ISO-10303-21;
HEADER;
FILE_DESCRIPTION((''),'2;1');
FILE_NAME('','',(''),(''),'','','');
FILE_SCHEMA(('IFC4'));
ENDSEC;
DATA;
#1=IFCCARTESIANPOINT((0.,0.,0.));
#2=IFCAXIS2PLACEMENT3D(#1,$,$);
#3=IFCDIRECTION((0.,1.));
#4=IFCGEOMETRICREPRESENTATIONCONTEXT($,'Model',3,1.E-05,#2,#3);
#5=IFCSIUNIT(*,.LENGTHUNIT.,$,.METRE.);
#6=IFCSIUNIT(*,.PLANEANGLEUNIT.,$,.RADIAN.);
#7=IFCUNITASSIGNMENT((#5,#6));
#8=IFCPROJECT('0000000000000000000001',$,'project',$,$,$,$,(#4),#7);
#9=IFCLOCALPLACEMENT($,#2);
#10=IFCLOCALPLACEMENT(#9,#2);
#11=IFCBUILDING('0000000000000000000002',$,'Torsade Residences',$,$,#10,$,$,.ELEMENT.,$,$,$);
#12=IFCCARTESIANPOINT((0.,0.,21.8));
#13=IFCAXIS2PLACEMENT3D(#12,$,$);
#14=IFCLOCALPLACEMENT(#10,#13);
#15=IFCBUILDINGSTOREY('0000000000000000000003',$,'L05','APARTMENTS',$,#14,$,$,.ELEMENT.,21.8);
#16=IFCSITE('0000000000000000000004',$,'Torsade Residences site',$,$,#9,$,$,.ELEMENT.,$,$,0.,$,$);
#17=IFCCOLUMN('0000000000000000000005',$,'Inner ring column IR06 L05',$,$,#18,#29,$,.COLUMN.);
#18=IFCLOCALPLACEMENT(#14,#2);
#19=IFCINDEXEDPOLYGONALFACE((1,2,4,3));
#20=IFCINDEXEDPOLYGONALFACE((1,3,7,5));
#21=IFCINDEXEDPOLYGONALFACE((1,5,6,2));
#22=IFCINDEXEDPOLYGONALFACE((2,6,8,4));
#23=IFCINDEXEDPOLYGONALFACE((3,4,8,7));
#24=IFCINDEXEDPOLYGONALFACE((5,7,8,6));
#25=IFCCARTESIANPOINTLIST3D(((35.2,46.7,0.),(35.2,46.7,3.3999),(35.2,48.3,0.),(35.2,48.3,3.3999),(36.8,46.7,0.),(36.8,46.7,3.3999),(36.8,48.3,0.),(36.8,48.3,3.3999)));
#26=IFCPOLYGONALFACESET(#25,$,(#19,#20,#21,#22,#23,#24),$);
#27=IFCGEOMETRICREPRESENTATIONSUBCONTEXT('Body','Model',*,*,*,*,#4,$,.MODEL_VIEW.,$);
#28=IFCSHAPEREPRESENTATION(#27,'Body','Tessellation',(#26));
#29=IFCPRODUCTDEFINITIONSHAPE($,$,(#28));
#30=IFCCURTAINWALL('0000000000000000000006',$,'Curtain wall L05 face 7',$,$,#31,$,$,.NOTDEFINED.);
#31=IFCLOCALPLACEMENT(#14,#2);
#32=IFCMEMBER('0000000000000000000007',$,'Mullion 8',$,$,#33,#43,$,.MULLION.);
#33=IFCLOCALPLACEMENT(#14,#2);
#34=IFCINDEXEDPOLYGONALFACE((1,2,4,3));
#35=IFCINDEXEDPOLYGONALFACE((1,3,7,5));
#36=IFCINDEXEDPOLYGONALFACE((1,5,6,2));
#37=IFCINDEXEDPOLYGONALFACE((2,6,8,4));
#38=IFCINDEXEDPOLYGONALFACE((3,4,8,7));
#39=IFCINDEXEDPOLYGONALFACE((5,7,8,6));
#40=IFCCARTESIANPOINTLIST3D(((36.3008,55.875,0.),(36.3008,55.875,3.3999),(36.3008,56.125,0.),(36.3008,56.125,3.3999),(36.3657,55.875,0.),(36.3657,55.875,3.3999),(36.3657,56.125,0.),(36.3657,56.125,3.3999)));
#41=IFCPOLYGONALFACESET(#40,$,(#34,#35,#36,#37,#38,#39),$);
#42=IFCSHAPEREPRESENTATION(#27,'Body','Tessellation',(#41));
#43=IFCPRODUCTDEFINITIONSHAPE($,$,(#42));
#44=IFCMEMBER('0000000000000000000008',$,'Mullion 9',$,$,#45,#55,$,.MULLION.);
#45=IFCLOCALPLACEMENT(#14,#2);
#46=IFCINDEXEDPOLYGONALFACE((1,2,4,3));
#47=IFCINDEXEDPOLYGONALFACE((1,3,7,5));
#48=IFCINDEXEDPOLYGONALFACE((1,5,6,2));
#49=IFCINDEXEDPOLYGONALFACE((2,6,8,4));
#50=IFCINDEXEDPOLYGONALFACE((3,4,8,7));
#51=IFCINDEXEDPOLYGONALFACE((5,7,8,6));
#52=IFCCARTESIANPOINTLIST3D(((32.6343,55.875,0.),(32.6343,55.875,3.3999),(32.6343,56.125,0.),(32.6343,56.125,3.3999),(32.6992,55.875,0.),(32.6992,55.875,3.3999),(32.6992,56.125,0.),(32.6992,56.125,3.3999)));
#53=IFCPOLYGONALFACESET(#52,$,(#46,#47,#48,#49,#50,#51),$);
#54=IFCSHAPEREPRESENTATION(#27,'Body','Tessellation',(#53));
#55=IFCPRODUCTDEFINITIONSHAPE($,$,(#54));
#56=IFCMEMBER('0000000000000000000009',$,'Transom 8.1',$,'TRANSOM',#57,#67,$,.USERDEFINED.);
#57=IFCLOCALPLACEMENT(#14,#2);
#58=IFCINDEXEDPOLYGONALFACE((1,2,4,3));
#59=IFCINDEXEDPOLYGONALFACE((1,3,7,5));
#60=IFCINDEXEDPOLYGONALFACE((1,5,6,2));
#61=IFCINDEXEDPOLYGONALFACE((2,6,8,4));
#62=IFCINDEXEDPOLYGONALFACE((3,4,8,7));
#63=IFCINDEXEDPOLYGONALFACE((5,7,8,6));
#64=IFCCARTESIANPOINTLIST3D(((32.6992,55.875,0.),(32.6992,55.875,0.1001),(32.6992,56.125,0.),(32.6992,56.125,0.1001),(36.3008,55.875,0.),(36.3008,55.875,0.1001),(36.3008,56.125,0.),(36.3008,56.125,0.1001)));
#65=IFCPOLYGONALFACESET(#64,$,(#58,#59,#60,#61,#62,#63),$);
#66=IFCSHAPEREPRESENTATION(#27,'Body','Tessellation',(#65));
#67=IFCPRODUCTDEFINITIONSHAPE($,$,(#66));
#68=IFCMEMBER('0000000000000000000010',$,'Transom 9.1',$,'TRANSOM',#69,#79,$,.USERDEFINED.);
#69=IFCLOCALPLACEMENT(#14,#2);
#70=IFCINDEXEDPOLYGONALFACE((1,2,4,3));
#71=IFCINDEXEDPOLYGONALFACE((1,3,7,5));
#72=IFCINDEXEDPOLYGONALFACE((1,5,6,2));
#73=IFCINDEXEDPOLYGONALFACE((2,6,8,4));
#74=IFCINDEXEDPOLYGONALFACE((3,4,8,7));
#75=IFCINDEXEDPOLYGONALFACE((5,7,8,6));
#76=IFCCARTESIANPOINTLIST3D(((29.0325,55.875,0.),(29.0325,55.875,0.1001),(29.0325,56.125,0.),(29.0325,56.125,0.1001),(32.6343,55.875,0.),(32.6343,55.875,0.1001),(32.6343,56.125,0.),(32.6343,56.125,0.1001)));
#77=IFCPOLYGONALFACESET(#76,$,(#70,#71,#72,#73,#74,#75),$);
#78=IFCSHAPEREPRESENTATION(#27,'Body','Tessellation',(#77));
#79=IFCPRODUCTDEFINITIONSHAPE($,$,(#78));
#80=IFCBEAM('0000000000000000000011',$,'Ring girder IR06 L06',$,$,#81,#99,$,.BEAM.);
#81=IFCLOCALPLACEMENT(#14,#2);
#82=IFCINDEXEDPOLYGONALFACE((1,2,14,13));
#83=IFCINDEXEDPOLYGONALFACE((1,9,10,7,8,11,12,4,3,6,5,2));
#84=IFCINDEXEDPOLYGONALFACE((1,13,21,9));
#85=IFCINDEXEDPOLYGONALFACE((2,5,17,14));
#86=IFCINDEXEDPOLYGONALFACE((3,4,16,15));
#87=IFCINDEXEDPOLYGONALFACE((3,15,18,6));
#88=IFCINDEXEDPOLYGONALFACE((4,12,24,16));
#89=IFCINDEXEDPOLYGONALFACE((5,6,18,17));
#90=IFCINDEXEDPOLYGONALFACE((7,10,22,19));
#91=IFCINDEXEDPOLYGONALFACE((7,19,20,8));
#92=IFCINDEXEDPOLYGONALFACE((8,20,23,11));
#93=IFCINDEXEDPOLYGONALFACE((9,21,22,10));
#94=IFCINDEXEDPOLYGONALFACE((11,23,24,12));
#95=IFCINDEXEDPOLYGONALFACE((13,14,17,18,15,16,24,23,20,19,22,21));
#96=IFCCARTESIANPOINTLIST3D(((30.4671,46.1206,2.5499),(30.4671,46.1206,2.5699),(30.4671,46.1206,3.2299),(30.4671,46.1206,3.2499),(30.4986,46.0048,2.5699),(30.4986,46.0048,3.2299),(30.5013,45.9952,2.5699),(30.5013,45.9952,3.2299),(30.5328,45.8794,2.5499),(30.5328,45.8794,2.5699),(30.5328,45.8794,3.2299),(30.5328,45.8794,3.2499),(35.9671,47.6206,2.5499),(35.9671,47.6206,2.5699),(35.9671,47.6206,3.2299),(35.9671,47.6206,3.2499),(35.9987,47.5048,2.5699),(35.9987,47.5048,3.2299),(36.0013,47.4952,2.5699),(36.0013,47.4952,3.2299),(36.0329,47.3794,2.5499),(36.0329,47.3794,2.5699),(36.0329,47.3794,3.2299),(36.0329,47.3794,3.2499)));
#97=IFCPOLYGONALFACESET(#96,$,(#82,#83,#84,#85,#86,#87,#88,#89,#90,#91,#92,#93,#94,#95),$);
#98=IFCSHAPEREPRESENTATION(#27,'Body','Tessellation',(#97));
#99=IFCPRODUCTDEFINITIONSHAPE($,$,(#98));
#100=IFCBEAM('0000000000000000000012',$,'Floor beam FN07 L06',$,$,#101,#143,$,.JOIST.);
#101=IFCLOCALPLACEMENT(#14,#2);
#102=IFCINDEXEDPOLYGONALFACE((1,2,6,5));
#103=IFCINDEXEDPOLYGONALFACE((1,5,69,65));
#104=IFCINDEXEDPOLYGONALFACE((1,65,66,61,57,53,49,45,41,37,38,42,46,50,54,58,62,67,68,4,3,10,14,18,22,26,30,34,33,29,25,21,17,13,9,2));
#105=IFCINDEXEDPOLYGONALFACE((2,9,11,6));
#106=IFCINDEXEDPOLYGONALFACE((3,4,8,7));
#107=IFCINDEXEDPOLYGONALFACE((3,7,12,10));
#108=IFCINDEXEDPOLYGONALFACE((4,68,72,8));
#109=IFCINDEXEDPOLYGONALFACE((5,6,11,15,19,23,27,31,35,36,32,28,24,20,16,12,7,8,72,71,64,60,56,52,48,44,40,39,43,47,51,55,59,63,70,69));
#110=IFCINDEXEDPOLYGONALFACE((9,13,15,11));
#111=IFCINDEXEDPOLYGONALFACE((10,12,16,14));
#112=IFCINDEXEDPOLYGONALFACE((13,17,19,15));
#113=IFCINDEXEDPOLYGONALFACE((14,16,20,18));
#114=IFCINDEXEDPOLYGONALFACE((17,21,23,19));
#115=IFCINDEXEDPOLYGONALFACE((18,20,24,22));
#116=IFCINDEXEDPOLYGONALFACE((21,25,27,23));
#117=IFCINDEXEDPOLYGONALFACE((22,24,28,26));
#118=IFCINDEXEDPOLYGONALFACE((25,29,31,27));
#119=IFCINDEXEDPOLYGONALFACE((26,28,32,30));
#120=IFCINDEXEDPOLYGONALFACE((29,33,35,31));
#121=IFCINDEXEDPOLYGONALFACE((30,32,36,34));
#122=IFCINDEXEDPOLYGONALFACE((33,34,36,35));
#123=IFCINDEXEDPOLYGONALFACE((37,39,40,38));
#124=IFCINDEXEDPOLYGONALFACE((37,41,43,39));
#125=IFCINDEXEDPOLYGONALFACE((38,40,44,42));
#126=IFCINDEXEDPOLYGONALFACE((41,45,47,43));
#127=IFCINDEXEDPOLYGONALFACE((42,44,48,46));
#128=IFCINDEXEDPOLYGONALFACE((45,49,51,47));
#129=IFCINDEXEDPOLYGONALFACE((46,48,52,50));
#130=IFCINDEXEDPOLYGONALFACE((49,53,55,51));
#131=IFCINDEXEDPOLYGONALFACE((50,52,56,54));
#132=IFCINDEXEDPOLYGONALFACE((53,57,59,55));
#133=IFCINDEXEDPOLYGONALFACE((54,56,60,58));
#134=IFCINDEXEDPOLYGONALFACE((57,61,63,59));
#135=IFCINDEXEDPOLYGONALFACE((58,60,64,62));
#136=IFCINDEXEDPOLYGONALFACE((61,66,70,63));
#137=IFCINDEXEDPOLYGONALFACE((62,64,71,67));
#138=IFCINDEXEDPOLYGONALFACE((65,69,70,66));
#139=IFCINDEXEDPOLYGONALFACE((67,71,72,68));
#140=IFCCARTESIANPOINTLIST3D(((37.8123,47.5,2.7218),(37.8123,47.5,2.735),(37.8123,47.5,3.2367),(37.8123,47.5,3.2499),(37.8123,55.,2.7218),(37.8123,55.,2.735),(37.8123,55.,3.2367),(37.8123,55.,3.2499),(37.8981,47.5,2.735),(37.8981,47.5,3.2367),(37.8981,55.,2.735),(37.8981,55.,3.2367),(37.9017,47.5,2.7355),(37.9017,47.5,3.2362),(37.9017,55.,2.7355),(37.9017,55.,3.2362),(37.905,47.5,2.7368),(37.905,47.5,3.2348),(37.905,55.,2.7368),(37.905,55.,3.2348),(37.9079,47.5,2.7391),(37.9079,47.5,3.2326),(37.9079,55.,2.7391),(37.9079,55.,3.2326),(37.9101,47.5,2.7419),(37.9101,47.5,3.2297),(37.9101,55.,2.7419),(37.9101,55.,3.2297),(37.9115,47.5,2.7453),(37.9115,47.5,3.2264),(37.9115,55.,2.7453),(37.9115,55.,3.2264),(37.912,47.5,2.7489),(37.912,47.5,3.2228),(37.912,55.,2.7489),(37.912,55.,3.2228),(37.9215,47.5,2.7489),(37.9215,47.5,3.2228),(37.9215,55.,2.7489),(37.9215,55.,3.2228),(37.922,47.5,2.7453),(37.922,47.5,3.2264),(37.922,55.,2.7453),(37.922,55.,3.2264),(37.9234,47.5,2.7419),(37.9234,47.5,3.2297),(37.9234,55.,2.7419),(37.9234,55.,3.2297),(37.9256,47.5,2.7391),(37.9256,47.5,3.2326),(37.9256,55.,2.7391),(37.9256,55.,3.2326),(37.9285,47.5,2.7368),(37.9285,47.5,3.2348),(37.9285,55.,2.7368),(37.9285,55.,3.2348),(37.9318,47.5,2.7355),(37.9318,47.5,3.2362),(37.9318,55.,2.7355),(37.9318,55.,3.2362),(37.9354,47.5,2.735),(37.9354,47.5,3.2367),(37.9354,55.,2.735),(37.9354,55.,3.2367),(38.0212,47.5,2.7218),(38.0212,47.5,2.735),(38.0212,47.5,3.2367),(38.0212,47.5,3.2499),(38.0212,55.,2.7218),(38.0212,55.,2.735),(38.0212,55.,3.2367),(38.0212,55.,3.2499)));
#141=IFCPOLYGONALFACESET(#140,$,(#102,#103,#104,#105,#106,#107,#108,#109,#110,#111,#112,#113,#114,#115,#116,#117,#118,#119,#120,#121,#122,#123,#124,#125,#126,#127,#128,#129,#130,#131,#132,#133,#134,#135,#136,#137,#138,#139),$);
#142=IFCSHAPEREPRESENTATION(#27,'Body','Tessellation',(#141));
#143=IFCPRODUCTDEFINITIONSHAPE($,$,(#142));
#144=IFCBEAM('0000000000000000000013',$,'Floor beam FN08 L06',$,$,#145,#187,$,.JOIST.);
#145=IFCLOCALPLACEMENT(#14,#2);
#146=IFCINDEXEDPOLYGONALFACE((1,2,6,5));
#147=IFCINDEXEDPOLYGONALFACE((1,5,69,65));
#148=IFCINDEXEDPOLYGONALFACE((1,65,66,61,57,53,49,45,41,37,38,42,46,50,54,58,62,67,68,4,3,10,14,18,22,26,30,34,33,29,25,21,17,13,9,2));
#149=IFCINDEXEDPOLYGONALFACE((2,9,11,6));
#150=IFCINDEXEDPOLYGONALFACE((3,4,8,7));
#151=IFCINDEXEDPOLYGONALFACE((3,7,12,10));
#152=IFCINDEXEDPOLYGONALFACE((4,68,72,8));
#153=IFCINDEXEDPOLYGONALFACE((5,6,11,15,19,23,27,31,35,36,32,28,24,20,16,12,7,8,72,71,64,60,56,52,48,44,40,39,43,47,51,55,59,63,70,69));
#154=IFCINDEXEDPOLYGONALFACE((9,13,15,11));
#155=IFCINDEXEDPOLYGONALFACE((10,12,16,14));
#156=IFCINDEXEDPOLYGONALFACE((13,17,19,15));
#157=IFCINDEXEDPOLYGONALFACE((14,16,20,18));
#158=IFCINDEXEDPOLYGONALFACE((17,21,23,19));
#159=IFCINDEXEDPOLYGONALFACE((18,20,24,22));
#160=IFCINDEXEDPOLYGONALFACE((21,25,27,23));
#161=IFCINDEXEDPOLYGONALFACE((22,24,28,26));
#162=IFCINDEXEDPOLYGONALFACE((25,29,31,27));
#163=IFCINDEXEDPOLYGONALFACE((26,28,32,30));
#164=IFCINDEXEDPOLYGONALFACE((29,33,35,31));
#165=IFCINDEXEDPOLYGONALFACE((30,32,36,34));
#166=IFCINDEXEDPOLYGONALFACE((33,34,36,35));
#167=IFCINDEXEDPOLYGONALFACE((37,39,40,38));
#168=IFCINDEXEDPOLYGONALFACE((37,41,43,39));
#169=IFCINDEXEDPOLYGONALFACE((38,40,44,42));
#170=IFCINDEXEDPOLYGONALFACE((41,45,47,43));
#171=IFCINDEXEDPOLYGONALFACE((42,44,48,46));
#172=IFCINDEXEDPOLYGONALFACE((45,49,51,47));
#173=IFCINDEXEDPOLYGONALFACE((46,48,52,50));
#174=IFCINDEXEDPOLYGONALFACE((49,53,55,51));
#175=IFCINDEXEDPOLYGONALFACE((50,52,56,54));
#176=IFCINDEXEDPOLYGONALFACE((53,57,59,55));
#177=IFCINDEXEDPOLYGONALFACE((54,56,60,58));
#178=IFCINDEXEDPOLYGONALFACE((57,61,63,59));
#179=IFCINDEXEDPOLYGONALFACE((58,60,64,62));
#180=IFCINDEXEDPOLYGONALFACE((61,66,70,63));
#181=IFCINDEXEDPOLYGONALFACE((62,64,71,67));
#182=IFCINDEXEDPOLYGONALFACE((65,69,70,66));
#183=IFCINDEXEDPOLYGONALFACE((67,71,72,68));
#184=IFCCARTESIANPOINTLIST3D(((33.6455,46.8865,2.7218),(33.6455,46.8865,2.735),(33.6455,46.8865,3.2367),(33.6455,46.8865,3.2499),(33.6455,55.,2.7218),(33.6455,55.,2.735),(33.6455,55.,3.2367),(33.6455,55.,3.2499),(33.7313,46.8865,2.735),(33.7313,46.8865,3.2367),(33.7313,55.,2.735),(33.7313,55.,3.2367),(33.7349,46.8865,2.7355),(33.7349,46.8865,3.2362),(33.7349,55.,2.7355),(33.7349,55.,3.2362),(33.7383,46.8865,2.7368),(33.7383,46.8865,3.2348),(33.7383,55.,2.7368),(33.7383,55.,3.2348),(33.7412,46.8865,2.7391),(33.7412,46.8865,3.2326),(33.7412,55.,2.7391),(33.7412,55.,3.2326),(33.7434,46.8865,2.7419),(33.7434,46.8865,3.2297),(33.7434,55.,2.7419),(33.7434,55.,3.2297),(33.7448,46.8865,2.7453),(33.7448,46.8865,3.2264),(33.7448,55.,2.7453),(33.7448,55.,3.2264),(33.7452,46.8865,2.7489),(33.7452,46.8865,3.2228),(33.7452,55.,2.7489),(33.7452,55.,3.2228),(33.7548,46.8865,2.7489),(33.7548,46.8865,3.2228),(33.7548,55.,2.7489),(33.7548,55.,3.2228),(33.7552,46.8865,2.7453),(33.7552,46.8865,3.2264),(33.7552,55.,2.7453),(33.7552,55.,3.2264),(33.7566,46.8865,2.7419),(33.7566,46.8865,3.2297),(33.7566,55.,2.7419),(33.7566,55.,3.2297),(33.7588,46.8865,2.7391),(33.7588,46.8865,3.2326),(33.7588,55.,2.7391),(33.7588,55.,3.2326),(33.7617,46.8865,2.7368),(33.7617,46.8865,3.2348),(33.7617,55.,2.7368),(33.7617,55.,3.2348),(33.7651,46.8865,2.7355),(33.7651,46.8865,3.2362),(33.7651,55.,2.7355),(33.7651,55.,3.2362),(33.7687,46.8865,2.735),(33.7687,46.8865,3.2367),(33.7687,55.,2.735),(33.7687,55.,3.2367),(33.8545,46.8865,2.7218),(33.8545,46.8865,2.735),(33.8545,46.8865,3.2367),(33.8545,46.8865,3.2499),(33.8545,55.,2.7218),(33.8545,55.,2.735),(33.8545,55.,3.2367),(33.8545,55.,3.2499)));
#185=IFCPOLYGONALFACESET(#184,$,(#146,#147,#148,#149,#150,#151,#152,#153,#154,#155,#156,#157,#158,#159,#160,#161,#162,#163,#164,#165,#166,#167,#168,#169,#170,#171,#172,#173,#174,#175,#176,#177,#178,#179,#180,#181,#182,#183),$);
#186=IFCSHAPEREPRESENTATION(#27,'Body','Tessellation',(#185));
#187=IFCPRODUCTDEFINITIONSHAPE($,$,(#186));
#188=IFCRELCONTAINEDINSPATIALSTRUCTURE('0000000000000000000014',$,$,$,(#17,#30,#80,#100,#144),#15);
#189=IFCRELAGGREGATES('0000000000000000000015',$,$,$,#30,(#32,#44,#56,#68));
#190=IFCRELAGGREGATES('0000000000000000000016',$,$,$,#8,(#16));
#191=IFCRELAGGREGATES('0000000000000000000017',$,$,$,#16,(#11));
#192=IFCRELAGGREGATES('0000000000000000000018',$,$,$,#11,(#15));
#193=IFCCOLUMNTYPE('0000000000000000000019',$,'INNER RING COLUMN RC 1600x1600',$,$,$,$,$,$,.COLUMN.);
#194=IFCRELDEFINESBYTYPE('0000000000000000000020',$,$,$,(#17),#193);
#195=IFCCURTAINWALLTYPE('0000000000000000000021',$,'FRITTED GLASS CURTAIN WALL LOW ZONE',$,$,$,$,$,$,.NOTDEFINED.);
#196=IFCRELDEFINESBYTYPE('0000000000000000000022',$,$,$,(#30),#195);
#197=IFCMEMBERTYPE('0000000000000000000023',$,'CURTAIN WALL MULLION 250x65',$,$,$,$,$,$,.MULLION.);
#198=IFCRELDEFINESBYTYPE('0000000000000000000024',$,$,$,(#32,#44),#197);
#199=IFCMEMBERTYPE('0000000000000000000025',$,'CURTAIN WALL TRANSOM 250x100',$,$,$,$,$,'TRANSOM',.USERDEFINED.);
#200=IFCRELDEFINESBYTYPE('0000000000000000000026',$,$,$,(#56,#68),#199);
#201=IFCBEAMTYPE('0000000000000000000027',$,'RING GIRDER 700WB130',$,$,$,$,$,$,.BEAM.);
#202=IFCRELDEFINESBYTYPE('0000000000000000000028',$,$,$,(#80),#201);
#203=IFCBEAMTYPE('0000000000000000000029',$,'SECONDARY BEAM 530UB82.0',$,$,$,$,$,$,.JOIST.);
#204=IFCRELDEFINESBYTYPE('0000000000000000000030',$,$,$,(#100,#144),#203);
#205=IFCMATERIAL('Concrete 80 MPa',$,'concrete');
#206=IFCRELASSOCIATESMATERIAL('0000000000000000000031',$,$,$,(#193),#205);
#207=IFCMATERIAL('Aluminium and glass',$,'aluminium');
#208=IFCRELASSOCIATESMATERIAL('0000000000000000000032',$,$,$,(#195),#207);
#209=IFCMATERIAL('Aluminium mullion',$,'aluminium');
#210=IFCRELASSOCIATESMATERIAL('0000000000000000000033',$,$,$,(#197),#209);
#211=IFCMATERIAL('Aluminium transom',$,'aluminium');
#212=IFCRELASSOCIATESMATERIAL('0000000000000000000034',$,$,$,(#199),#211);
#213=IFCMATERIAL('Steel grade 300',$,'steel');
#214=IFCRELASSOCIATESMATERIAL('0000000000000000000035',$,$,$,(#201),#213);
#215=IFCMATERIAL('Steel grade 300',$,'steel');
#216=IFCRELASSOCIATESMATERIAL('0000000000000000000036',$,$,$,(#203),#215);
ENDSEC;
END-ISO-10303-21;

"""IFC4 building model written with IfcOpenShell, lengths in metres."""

from ifc_helpers import new_model, si_unit, direction, frame, origin, origin_2d, place, context, subcontext, project, spatial, rectangle, i_section, extrude, material, material_profile, profile_set, type_object, element, aggregate, save


model = new_model("IFC4")

# Units and contexts
model_context = context("Model", 3, precision=1e-05, world=origin(), true_north=direction((0.0, 1.0)))
body_context = subcontext(model_context, "Body", "Model", "MODEL_VIEW")
ifc_project = project(units=[si_unit("LENGTHUNIT", "METRE"), si_unit("PLANEANGLEUNIT", "RADIAN")], contexts=[model_context])

# Site, building, storey
site_placement = place(None, origin())
site = spatial("IfcSite", under=ifc_project, at=site_placement, Name="Torsade Residences site", CompositionType="ELEMENT", RefElevation=0.0)
building_placement = place(site_placement, origin())
building = spatial("IfcBuilding", under=site, at=building_placement, Name="Torsade Residences", CompositionType="ELEMENT")
storey_placement = place(building_placement, frame((0.0, 0.0, 21.8)))
storey = spatial("IfcBuildingStorey", under=building, at=storey_placement, Name="L05", Description="APARTMENTS", CompositionType="ELEMENT", Elevation=21.8)

# Column
ifc_material_1 = material(Name="Concrete 80 MPa", Category="concrete")
ifc_material_profile_1 = material_profile(ifc_material_1, rectangle(XDim=1.6001, YDim=1.6001, at=origin_2d()), Name="RC 1600x1600")
ifc_profile_set_1 = profile_set([ifc_material_profile_1], Name="Concrete 80 MPa")
column_type = type_object("IfcColumnType", Name="INNER RING COLUMN RC 1600x1600", PredefinedType="COLUMN", material=ifc_profile_set_1)
column_placement = place(storey_placement, frame((36.0, 47.5, 0.0), z_axis=(0.0, 0.0, 1.0), x_axis=(1.0, 0.0, 0.0)))
element("IfcColumn", 1, at=column_placement, inside=storey, type_object=column_type, Name="Inner ring column IR06 L05", PredefinedType="COLUMN", context=body_context, shape_type="SweptSolid", body=[
    extrude(rectangle(XDim=1.6001, YDim=1.6001, at=origin_2d()), origin(), (0.0, 0.0, 1.0), 3.3999),
])

# Curtain wall, members
ifc_material_2 = material(Name="Aluminium and glass", Category="aluminium")
curtain_wall_type = type_object("IfcCurtainWallType", Name="FRITTED GLASS CURTAIN WALL LOW ZONE", PredefinedType="NOTDEFINED", material=ifc_material_2)
curtain_wall_placement = place(storey_placement, origin())
curtain_wall = element("IfcCurtainWall", 2, at=curtain_wall_placement, inside=storey, type_object=curtain_wall_type, Name="Curtain wall L05 face 7", PredefinedType="NOTDEFINED")
ifc_material_3 = material(Name="Aluminium mullion", Category="aluminium")
ifc_material_profile_2 = material_profile(ifc_material_3, rectangle(XDim=0.25, YDim=0.0649, at=origin_2d()), Name="CURTAIN WALL MULLION 250x65")
ifc_profile_set_2 = profile_set([ifc_material_profile_2], Name="Aluminium mullion")
member_type_1 = type_object("IfcMemberType", Name="CURTAIN WALL MULLION 250x65", PredefinedType="MULLION", material=ifc_profile_set_2)
member_1_placement = place(storey_placement, frame((36.3333, 56.0, 0.0), z_axis=(0.0, 0.0, 1.0), x_axis=(0.0, -1.0, 0.0)))
member_1 = element("IfcMember", 3, at=member_1_placement, type_object=member_type_1, Name="Mullion 8", PredefinedType="MULLION", context=body_context, shape_type="SweptSolid", body=[
    extrude(rectangle(XDim=0.25, YDim=0.0649, at=origin_2d()), origin(), (0.0, 0.0, 1.0), 3.3999),
])
member_2_placement = place(storey_placement, frame((32.6667, 56.0, 0.0), z_axis=(0.0, 0.0, 1.0), x_axis=(0.0, -1.0, 0.0)))
member_2 = element("IfcMember", 4, at=member_2_placement, type_object=member_type_1, Name="Mullion 9", PredefinedType="MULLION", context=body_context, shape_type="SweptSolid", body=[
    extrude(rectangle(XDim=0.25, YDim=0.0649, at=origin_2d()), origin(), (0.0, 0.0, 1.0), 3.3999),
])
ifc_material_4 = material(Name="Aluminium transom", Category="aluminium")
ifc_material_profile_3 = material_profile(ifc_material_4, rectangle(XDim=0.25, YDim=0.1001, at=origin_2d()), Name="CURTAIN WALL TRANSOM 250x100")
ifc_profile_set_3 = profile_set([ifc_material_profile_3], Name="Aluminium transom")
member_type_2 = type_object("IfcMemberType", Name="CURTAIN WALL TRANSOM 250x100", ElementType="TRANSOM", PredefinedType="USERDEFINED", material=ifc_profile_set_3)
member_3_placement = place(storey_placement, frame((36.3008, 56.0, 0.05), z_axis=(-1.0, 0.0, 0.0), x_axis=(0.0, -1.0, 0.0)))
member_3 = element("IfcMember", 5, at=member_3_placement, type_object=member_type_2, Name="Transom 8.1", ObjectType="TRANSOM", PredefinedType="USERDEFINED", context=body_context, shape_type="SweptSolid", body=[
    extrude(rectangle(XDim=0.25, YDim=0.1001, at=origin_2d()), origin(), (0.0, 0.0, 1.0), 3.6016),
])
member_4_placement = place(storey_placement, frame((32.6343, 56.0, 0.05), z_axis=(-1.0, 0.0, 0.0), x_axis=(0.0, -1.0, 0.0)))
member_4 = element("IfcMember", 6, at=member_4_placement, type_object=member_type_2, Name="Transom 9.1", ObjectType="TRANSOM", PredefinedType="USERDEFINED", context=body_context, shape_type="SweptSolid", body=[
    extrude(rectangle(XDim=0.25, YDim=0.1001, at=origin_2d()), origin(), (0.0, 0.0, 1.0), 3.6018),
])

# Beams
ifc_material_5 = material(Name="Steel grade 300", Category="steel")
ifc_material_profile_4 = material_profile(ifc_material_5, i_section(OverallWidth=0.25, OverallDepth=0.7, WebThickness=0.01, FlangeThickness=0.02, at=origin_2d()), Name="700WB130")
ifc_profile_set_4 = profile_set([ifc_material_profile_4], Name="Steel grade 300")
beam_type_1 = type_object("IfcBeamType", Name="RING GIRDER 700WB130", PredefinedType="BEAM", material=ifc_profile_set_4)
beam_1_placement = place(storey_placement, frame((36.0, 47.5, 2.8999), z_axis=(-0.964764, -0.263117, 0.0), x_axis=(0.263117, -0.964764, 0.0)))
element("IfcBeam", 7, at=beam_1_placement, inside=storey, type_object=beam_type_1, Name="Ring girder IR06 L06", PredefinedType="BEAM", context=body_context, shape_type="SweptSolid", body=[
    extrude(i_section(OverallWidth=0.25, OverallDepth=0.7, WebThickness=0.01, FlangeThickness=0.02, at=origin_2d()), origin(), (0.0, 0.0, 1.0), 5.7009),
])
ifc_material_6 = material(Name="Steel grade 300", Category="steel")
ifc_material_profile_5 = material_profile(ifc_material_6, i_section(OverallWidth=0.209, OverallDepth=0.5281, WebThickness=0.0095, FlangeThickness=0.0132, FilletRadius=0.0139, at=origin_2d()), Name="530UB82.0")
ifc_profile_set_5 = profile_set([ifc_material_profile_5], Name="Steel grade 300")
beam_type_2 = type_object("IfcBeamType", Name="SECONDARY BEAM 530UB82.0", PredefinedType="JOIST", material=ifc_profile_set_5)
beam_2_placement = place(storey_placement, frame((37.9167, 55.0, 2.9858), z_axis=(0.0, -1.0, 0.0), x_axis=(1.0, 0.0, 0.0)))
element("IfcBeam", 8, at=beam_2_placement, inside=storey, type_object=beam_type_2, Name="Floor beam FN07 L06", PredefinedType="JOIST", context=body_context, shape_type="SweptSolid", body=[
    extrude(i_section(OverallWidth=0.209, OverallDepth=0.5281, WebThickness=0.0095, FlangeThickness=0.0132, FilletRadius=0.0139, at=origin_2d()), origin(), (0.0, 0.0, 1.0), 7.5),
])
beam_3_placement = place(storey_placement, frame((33.75, 55.0, 2.9858), z_axis=(0.0, -1.0, 0.0), x_axis=(1.0, 0.0, 0.0)))
element("IfcBeam", 9, at=beam_3_placement, inside=storey, type_object=beam_type_2, Name="Floor beam FN08 L06", PredefinedType="JOIST", context=body_context, shape_type="SweptSolid", body=[
    extrude(i_section(OverallWidth=0.209, OverallDepth=0.5281, WebThickness=0.0095, FlangeThickness=0.0132, FilletRadius=0.0139, at=origin_2d()), origin(), (0.0, 0.0, 1.0), 8.1135),
])

aggregate(curtain_wall, [member_1, member_2, member_3, member_4])

save(model, "model.ifc")
